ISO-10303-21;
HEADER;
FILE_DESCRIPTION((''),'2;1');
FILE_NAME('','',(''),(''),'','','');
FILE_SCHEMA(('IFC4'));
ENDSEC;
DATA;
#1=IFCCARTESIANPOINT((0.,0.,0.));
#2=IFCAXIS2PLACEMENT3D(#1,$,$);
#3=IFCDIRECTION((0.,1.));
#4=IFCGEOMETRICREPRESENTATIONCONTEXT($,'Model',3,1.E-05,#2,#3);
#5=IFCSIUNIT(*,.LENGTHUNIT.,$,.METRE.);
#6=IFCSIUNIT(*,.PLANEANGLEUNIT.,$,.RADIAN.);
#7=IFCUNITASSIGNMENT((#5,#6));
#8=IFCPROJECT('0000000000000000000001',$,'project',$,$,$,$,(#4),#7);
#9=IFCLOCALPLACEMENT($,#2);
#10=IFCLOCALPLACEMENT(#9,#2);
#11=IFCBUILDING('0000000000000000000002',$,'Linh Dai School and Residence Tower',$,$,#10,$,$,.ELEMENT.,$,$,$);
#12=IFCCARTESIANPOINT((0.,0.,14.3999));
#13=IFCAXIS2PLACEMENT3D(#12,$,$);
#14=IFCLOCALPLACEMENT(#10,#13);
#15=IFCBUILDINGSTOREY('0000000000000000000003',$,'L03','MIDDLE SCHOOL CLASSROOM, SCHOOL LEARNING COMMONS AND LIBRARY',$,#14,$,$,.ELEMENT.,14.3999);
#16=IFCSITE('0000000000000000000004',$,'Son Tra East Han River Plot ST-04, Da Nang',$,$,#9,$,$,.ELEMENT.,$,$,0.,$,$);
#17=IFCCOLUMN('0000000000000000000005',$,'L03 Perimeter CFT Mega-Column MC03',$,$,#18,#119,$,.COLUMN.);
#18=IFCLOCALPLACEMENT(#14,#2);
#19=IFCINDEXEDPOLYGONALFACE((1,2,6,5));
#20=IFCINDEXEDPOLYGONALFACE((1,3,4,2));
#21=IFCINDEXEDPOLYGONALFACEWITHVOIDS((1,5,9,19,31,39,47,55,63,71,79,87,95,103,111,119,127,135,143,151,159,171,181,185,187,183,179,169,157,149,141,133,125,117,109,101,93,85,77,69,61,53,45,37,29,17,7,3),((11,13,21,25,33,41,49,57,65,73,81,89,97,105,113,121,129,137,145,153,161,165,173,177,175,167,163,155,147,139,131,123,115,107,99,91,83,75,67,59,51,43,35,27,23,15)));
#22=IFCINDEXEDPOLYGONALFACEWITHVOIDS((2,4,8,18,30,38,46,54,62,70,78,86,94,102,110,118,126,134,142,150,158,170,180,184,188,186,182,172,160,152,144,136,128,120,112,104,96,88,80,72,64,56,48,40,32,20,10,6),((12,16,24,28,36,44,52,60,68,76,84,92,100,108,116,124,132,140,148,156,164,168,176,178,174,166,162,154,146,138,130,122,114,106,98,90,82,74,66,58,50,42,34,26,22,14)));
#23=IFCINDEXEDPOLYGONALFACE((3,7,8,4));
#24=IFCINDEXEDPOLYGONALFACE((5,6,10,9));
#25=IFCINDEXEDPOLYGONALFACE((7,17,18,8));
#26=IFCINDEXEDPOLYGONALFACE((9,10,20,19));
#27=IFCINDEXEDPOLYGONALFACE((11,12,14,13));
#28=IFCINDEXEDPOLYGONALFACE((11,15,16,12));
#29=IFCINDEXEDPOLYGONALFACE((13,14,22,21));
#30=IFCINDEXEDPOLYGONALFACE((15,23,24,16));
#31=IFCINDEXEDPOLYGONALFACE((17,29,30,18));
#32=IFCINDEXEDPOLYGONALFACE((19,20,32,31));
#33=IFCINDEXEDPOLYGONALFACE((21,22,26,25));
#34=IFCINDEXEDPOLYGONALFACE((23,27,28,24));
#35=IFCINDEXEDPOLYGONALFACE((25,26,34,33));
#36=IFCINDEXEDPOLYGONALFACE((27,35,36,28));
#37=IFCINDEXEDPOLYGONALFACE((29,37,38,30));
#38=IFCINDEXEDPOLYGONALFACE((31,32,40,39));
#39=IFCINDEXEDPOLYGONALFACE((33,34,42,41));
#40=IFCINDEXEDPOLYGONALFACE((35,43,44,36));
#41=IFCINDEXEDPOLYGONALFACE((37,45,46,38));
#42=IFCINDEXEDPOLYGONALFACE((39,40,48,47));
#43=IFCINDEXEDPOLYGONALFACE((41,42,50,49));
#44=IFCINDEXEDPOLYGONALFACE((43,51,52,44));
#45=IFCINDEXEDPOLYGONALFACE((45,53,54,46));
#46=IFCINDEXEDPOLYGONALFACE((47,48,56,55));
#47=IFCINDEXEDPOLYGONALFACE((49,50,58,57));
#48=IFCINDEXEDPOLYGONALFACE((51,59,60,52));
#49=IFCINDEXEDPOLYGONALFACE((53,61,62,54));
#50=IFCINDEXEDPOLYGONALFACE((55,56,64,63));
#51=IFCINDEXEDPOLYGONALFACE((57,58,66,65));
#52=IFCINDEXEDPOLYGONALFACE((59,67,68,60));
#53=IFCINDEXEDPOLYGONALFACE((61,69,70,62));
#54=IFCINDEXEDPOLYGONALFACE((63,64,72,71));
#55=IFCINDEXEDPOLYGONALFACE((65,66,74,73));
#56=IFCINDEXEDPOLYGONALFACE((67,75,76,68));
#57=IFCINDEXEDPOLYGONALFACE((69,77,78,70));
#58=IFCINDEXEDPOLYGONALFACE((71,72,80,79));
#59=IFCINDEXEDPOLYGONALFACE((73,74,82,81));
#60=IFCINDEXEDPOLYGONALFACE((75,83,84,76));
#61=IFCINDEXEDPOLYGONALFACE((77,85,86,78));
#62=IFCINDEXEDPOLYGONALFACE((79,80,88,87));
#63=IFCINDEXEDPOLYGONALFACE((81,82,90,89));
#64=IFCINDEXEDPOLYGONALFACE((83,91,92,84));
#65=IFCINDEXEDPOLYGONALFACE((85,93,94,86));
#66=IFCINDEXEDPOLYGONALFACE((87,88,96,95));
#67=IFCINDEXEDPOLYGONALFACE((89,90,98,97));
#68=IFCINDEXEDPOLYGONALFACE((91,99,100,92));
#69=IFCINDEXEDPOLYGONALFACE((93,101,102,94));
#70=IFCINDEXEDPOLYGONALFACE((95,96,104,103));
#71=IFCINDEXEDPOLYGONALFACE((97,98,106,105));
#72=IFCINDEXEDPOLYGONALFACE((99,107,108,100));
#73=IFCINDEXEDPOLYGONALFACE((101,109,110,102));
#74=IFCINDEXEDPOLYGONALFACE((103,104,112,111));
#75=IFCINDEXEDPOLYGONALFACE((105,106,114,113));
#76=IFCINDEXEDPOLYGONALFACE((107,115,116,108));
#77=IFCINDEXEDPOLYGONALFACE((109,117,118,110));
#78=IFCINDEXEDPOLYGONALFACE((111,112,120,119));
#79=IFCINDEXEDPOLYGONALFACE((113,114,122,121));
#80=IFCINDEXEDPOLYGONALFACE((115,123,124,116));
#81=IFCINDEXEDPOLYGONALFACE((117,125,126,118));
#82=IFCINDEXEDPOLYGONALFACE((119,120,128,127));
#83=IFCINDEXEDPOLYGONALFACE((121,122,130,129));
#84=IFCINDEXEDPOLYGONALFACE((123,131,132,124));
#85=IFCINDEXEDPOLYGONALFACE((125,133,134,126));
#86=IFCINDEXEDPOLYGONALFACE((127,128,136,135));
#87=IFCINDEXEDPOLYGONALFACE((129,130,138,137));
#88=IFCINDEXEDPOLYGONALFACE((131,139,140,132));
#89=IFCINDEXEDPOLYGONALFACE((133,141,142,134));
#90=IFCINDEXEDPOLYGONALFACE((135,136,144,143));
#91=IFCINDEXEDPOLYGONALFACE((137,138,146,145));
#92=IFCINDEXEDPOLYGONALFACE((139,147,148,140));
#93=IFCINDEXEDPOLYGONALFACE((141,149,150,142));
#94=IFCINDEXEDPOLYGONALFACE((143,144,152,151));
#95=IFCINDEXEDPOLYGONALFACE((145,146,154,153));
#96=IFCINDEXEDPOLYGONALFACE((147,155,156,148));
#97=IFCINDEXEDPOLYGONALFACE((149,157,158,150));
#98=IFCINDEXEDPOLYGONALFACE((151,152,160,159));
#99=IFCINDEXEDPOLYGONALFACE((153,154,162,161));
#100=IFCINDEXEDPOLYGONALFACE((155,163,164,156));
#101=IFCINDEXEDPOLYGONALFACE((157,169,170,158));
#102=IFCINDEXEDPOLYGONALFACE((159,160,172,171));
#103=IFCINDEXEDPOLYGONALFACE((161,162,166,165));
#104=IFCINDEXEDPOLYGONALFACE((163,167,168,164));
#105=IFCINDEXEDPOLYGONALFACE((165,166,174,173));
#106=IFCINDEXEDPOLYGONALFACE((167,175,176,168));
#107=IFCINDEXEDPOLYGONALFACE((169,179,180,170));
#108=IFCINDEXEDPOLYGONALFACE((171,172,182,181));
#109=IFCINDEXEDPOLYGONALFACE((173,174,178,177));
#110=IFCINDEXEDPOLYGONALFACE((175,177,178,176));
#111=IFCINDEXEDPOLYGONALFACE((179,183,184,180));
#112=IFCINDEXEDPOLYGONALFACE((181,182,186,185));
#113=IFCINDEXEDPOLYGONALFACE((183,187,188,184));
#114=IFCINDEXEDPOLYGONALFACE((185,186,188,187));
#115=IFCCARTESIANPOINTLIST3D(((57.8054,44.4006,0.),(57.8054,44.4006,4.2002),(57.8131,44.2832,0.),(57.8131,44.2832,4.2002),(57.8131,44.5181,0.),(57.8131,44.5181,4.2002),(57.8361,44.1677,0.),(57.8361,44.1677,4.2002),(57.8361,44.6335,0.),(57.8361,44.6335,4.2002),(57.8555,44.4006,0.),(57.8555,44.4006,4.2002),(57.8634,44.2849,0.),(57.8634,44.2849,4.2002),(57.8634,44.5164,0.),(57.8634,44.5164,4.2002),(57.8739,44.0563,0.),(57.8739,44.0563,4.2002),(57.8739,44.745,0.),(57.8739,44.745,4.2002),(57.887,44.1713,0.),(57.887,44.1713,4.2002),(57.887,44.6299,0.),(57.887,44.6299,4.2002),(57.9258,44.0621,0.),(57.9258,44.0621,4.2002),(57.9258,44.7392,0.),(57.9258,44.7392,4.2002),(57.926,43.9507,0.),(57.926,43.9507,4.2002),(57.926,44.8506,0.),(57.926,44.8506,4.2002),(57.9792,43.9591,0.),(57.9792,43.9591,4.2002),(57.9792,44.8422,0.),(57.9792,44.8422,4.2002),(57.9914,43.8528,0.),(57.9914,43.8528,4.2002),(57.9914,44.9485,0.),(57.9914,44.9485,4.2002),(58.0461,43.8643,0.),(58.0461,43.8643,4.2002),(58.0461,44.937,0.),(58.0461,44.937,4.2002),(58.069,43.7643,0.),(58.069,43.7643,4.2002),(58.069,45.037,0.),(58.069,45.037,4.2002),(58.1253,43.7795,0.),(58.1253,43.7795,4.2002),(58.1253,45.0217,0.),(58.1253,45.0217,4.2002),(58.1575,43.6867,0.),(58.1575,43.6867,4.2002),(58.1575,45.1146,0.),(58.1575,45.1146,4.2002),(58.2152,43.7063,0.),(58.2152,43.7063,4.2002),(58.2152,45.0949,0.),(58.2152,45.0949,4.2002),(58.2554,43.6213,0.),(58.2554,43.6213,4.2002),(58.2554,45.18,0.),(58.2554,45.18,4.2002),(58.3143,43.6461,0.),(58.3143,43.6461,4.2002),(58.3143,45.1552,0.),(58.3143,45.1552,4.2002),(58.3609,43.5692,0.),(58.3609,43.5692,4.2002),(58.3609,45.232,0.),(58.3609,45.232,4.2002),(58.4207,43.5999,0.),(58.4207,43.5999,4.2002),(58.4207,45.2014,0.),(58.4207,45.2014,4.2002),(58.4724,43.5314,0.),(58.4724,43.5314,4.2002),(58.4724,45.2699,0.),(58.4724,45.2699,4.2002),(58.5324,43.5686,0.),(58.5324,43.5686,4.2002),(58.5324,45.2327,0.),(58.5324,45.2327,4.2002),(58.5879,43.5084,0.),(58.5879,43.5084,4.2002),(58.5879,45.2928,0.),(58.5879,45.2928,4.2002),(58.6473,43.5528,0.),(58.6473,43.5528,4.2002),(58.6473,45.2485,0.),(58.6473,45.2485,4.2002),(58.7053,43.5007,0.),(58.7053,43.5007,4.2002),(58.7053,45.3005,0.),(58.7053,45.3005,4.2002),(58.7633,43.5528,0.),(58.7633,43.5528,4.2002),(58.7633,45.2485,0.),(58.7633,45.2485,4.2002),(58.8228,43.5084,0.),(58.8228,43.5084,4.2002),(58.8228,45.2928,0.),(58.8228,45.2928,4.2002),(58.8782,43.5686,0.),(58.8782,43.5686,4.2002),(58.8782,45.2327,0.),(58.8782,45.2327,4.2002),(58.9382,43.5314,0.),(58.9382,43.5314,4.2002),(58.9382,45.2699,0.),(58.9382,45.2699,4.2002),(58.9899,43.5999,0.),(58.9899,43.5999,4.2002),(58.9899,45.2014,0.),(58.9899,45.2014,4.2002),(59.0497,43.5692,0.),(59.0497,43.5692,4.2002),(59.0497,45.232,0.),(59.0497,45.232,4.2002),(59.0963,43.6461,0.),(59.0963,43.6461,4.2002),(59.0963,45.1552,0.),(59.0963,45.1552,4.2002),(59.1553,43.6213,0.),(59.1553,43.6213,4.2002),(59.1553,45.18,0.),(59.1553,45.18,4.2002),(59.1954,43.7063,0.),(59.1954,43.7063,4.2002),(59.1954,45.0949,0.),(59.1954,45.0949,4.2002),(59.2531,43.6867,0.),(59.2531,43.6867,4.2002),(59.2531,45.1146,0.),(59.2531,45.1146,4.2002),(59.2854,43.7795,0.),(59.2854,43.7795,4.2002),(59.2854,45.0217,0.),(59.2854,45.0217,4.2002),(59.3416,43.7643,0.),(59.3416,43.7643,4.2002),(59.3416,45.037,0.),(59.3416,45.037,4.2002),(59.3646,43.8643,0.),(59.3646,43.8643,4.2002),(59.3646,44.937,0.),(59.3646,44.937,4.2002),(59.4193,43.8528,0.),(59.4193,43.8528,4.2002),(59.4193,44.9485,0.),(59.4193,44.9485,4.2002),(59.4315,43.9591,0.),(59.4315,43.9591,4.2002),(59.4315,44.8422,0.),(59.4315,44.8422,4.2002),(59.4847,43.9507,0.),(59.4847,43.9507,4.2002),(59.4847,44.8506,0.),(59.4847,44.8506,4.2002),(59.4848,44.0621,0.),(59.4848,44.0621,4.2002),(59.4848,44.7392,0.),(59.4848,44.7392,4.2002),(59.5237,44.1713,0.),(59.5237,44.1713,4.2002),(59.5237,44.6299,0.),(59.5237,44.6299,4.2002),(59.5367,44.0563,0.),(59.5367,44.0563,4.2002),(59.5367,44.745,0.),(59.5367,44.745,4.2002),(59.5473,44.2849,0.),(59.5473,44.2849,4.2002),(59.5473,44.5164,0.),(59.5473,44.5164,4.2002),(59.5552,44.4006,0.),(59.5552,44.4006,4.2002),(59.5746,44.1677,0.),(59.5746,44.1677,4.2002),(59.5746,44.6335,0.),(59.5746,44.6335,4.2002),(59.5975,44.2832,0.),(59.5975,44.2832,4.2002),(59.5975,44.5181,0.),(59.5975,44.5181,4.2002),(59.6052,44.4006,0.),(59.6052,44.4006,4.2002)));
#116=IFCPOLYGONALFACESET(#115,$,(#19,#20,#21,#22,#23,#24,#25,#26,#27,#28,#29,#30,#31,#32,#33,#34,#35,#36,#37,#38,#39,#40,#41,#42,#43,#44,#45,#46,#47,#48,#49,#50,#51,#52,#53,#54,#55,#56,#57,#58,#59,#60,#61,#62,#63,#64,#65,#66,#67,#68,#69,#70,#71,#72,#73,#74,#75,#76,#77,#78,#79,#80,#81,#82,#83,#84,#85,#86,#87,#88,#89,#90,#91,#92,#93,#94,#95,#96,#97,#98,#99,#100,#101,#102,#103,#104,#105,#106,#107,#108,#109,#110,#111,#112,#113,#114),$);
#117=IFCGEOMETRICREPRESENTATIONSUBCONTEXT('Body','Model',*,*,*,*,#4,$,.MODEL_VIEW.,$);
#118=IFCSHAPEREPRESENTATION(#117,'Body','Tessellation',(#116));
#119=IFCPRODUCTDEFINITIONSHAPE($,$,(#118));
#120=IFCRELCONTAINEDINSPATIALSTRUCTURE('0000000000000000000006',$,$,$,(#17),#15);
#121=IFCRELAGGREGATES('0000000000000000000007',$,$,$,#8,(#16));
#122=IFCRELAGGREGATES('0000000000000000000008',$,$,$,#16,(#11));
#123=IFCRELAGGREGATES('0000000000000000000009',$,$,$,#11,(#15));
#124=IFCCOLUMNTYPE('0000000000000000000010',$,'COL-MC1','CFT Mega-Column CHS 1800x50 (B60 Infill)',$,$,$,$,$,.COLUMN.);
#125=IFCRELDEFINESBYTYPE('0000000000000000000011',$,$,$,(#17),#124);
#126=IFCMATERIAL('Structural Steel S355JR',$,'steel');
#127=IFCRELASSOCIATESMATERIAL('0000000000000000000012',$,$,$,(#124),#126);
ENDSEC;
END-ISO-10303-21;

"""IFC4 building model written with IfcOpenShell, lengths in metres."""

from ifc_helpers import new_model, si_unit, direction, frame, origin, origin_2d, place, context, subcontext, project, spatial, hollow_circle, extrude, material, material_profile, profile_set, type_object, element, save


model = new_model("IFC4")

# Units and contexts
model_context = context("Model", 3, precision=1e-05, world=origin(), true_north=direction((0.0, 1.0)))
body_context = subcontext(model_context, "Body", "Model", "MODEL_VIEW")
ifc_project = project(units=[si_unit("LENGTHUNIT", "METRE"), si_unit("PLANEANGLEUNIT", "RADIAN")], contexts=[model_context])

# Site, building, storey
site_placement = place(None, origin())
site = spatial("IfcSite", under=ifc_project, at=site_placement, Name="Son Tra East Han River Plot ST-04, Da Nang", CompositionType="ELEMENT", RefElevation=0.0)
building_placement = place(site_placement, origin())
building = spatial("IfcBuilding", under=site, at=building_placement, Name="Linh Dai School and Residence Tower", CompositionType="ELEMENT")
storey_placement = place(building_placement, frame((0.0, 0.0, 14.3999)))
storey = spatial("IfcBuildingStorey", under=building, at=storey_placement, Name="L03", Description="MIDDLE SCHOOL CLASSROOM, SCHOOL LEARNING COMMONS AND LIBRARY", CompositionType="ELEMENT", Elevation=14.3999)

# Column
ifc_material_1 = material(Name="Structural Steel S355JR", Category="steel")
ifc_material_profile_1 = material_profile(ifc_material_1, hollow_circle(Radius=0.8999, WallThickness=0.05, at=origin_2d()), Name="CHS 1800x50")
ifc_profile_set_1 = profile_set([ifc_material_profile_1], Name="Structural Steel S355JR")
column_type_1 = type_object("IfcColumnType", Name="COL-MC1", Description="CFT Mega-Column CHS 1800x50 (B60 Infill)", PredefinedType="COLUMN", material=ifc_profile_set_1)
for number, where, z_axis, x_axis, name in (
    (1, (58.7053, 44.4006, 0.0), (0.0, 0.0, 1.0), (1.0, 0.0, 0.0), "L03 Perimeter CFT Mega-Column MC03"),
):
    element("IfcColumn", number, at=place(storey_placement, frame(where, z_axis=z_axis, x_axis=x_axis)), inside=storey, type_object=column_type_1, Name=name, PredefinedType="COLUMN", context=body_context, shape_type="SweptSolid", body=[
        extrude(hollow_circle(Radius=0.8999, WallThickness=0.05, at=origin_2d()), origin(), (0.0, 0.0, 1.0), 4.2002),
    ])

save(model, "model.ifc")
